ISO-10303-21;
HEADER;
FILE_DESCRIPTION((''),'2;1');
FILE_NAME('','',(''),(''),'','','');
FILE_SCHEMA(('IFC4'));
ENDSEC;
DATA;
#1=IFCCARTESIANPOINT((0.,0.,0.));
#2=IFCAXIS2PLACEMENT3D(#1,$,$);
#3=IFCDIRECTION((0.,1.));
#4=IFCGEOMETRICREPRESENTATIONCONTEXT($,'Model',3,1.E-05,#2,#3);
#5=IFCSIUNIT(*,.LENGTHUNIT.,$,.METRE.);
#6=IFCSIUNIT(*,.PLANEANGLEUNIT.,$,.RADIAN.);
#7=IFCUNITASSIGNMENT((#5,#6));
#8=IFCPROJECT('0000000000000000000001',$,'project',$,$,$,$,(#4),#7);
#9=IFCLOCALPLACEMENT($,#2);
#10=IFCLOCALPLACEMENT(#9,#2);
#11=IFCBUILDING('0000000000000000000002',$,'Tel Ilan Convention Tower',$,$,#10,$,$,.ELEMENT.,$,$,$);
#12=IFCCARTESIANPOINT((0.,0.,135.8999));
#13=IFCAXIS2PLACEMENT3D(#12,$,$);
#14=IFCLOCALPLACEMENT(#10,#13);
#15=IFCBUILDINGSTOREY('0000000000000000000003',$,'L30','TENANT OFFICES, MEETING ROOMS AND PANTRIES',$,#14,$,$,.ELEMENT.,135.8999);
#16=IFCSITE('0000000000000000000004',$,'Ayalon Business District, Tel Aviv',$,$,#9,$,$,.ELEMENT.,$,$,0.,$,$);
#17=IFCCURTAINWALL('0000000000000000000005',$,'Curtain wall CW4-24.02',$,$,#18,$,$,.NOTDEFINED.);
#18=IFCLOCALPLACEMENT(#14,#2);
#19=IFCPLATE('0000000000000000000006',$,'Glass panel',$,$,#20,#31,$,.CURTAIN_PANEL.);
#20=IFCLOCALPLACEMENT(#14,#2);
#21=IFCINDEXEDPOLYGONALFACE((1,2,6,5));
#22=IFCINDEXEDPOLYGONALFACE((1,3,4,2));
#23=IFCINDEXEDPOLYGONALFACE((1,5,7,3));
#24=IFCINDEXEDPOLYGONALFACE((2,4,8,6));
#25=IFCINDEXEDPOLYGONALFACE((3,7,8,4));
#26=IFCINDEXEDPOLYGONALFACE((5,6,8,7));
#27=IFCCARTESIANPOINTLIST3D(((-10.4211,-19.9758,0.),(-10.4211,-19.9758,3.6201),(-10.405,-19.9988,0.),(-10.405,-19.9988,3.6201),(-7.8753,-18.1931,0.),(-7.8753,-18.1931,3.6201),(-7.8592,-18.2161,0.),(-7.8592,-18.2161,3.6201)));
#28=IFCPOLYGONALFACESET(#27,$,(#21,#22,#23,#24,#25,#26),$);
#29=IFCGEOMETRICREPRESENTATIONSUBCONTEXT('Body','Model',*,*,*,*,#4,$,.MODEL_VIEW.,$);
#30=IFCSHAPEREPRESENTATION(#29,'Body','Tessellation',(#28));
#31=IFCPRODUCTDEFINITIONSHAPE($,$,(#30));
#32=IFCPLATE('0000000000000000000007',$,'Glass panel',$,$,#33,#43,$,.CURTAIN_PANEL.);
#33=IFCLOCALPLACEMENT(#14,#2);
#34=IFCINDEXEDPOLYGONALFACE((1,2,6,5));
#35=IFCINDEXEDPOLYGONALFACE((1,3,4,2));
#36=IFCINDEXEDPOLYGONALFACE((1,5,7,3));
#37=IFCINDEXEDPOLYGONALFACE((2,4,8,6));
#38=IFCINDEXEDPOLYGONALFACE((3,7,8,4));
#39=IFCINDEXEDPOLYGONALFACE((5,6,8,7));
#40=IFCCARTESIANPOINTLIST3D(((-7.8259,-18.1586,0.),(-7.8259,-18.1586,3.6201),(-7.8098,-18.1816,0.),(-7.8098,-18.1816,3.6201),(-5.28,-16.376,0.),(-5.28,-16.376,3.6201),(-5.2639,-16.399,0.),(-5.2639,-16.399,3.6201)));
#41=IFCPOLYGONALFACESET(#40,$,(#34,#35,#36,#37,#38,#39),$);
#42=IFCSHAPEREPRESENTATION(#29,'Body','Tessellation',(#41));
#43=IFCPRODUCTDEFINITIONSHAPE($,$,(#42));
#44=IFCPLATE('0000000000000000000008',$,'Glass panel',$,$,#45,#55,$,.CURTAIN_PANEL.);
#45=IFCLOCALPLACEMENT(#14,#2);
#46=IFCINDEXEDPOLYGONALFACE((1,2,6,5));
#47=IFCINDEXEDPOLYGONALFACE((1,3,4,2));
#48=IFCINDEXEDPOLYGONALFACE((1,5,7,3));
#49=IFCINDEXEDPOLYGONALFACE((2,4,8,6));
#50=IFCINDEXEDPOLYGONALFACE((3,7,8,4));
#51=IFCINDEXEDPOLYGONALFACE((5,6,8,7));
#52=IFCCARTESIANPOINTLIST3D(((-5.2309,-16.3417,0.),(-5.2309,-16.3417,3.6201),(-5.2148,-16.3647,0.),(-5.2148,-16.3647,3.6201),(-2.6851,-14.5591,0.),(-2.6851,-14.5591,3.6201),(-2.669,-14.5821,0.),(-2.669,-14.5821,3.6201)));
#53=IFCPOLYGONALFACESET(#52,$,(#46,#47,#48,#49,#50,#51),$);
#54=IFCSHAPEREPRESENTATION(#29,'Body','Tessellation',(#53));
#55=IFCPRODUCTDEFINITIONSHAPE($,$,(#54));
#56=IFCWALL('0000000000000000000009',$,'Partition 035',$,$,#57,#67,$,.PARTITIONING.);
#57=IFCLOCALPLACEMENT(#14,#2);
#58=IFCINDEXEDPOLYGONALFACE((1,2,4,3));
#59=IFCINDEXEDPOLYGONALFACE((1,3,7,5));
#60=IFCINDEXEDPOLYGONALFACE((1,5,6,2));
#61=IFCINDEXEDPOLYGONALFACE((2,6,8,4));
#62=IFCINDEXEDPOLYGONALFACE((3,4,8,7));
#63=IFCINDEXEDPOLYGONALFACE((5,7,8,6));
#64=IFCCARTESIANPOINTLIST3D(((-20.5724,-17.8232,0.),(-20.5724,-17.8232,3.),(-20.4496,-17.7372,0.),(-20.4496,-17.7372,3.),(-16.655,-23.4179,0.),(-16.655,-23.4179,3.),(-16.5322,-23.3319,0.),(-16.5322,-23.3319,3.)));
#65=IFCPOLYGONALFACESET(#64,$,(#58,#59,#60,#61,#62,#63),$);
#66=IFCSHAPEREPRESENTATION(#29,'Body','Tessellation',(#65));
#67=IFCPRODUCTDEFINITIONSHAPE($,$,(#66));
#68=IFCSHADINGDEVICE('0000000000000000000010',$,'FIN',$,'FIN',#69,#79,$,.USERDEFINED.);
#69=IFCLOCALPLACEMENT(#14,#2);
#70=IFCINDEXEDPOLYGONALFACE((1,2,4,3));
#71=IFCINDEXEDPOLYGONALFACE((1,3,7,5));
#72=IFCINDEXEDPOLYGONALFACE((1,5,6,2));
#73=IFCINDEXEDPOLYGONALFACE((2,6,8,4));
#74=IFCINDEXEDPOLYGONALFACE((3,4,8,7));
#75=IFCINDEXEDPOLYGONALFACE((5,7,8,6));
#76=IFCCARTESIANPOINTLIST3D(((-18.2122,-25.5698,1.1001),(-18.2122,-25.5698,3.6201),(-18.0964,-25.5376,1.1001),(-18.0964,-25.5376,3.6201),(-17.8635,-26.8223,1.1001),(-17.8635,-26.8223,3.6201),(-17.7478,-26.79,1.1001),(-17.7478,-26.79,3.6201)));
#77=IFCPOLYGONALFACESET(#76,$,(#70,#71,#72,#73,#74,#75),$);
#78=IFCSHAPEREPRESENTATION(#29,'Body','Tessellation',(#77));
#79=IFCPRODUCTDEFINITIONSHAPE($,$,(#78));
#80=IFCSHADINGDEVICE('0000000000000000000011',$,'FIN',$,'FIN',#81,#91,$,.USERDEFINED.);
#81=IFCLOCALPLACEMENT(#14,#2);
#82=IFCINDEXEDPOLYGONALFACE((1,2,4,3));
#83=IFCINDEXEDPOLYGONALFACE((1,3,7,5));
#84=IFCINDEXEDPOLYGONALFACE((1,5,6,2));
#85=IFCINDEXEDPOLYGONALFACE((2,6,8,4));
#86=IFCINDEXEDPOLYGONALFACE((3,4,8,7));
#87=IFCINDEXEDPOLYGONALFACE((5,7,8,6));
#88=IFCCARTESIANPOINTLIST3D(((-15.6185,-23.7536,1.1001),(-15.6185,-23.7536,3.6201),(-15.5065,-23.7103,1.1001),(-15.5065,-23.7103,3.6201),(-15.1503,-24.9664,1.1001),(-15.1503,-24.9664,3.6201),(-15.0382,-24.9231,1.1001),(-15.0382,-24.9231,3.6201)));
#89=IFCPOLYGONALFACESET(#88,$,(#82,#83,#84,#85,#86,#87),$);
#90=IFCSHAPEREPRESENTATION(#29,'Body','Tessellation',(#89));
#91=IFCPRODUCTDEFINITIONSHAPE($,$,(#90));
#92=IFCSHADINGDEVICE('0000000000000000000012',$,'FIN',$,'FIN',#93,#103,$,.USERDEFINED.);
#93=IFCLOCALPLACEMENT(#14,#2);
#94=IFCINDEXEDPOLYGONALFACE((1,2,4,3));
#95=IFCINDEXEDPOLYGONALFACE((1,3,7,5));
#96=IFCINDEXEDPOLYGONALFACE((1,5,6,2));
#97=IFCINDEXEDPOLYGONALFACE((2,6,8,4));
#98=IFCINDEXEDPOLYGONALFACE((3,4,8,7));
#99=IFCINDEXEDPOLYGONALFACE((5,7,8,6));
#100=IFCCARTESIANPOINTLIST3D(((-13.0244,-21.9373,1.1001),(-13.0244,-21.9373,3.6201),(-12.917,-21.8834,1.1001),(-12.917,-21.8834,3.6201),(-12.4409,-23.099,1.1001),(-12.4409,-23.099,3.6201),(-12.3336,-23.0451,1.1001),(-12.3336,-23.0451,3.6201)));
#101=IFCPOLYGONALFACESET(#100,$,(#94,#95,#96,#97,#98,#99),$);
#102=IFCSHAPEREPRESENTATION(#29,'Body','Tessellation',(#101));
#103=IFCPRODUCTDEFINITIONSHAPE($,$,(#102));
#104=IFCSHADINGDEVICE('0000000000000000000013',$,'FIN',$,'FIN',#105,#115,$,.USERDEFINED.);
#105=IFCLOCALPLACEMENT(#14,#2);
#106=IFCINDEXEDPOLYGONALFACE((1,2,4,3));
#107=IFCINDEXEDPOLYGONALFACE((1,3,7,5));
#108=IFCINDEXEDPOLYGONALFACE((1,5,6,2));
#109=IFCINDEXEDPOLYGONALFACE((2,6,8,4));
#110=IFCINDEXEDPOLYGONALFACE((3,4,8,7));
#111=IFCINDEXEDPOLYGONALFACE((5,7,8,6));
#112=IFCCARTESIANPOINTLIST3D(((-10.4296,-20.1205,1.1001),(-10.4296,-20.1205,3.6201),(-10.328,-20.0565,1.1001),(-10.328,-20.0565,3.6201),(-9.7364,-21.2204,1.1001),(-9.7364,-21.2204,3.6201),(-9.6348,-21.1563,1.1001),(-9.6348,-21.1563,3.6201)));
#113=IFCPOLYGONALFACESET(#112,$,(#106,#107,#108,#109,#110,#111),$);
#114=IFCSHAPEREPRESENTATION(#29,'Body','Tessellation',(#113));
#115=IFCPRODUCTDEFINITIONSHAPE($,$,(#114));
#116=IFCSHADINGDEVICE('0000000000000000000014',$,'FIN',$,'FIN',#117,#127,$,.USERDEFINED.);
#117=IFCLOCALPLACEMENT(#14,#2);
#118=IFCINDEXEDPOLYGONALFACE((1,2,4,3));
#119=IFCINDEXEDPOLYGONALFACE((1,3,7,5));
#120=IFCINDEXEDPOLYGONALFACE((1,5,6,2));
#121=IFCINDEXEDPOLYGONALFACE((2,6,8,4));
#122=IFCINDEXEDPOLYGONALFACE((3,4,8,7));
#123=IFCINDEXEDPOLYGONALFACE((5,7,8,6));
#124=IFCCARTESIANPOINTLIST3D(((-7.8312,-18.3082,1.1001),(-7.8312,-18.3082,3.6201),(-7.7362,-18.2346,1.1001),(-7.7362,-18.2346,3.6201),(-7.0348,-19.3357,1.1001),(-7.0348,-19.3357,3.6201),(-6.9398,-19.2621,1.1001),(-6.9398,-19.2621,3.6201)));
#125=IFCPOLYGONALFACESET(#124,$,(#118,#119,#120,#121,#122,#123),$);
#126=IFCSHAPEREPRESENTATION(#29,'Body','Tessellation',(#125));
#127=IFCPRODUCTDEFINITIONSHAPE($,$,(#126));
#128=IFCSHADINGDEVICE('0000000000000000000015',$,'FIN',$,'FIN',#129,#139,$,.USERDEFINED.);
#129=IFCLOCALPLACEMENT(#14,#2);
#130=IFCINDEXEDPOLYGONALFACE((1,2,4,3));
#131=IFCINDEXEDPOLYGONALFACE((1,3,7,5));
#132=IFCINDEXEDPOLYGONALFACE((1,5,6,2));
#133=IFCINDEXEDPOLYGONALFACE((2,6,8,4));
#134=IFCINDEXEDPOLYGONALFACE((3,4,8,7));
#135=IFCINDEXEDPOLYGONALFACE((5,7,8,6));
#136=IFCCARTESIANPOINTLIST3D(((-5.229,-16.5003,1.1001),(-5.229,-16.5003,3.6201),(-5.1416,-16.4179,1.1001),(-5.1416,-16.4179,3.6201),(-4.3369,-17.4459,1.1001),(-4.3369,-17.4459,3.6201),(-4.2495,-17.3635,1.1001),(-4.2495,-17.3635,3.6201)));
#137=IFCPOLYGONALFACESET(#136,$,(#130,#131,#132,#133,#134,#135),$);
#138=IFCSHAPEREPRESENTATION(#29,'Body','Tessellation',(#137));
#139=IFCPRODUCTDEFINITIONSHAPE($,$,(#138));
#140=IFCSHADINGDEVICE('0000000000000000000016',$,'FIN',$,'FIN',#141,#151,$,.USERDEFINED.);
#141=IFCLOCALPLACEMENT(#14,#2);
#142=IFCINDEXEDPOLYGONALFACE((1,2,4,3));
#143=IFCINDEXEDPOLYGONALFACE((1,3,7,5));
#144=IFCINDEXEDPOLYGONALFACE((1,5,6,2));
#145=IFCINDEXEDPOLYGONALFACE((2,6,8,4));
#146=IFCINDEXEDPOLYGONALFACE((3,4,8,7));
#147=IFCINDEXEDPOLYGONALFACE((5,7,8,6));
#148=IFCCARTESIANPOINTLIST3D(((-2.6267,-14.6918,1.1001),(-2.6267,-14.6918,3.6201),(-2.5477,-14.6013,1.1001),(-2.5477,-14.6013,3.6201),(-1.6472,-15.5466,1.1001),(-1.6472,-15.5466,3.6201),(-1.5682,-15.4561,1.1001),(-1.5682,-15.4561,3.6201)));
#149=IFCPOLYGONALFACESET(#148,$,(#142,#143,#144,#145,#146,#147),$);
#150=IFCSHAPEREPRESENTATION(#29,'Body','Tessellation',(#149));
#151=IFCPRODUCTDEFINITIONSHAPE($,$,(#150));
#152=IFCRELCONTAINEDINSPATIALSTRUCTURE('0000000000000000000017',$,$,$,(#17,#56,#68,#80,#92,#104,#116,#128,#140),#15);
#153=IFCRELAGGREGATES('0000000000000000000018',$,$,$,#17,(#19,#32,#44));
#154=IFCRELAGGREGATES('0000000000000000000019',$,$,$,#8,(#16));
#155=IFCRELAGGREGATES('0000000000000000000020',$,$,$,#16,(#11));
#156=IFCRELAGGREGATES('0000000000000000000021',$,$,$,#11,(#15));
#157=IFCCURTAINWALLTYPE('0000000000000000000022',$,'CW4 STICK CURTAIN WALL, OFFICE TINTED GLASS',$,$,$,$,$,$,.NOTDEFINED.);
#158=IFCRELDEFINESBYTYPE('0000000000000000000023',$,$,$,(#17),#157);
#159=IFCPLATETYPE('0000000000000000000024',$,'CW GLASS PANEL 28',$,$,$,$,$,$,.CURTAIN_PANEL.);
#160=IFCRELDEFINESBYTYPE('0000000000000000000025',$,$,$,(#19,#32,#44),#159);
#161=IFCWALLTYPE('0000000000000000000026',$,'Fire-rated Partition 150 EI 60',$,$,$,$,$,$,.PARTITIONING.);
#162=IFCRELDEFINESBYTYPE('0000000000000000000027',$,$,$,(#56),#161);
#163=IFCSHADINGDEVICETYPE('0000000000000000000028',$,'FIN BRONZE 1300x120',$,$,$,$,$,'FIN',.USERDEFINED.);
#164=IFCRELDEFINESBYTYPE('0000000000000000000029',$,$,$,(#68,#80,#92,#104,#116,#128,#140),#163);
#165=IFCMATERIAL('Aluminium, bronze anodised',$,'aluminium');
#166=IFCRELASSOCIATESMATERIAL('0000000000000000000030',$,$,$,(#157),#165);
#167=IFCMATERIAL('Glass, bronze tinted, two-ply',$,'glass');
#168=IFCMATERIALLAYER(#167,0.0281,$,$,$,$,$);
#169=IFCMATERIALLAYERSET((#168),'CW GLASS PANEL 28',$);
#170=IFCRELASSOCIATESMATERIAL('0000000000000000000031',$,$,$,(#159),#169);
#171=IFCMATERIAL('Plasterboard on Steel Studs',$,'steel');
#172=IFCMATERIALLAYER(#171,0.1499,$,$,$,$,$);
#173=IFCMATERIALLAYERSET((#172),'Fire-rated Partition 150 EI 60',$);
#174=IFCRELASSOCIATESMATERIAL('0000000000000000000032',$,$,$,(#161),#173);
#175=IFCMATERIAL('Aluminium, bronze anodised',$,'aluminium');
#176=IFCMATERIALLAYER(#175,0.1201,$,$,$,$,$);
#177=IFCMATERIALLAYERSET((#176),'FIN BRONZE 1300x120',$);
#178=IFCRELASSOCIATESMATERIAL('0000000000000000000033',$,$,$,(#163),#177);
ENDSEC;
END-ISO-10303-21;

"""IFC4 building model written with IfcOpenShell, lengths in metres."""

from ifc_helpers import new_model, si_unit, direction, frame, frame_2d, origin, origin_2d, place, context, subcontext, project, spatial, rectangle, extrude, material, layer, layer_set, type_object, element, aggregate, save


model = new_model("IFC4")

# Units and contexts
model_context = context("Model", 3, precision=1e-05, world=origin(), true_north=direction((0.0, 1.0)))
body_context = subcontext(model_context, "Body", "Model", "MODEL_VIEW")
ifc_project = project(units=[si_unit("LENGTHUNIT", "METRE"), si_unit("PLANEANGLEUNIT", "RADIAN")], contexts=[model_context])

# Site, building, storey
site_placement = place(None, origin())
site = spatial("IfcSite", under=ifc_project, at=site_placement, Name="Ayalon Business District, Tel Aviv", CompositionType="ELEMENT", RefElevation=0.0)
building_placement = place(site_placement, origin())
building = spatial("IfcBuilding", under=site, at=building_placement, Name="Tel Ilan Convention Tower", CompositionType="ELEMENT")
storey_placement = place(building_placement, frame((0.0, 0.0, 135.8999)))
storey = spatial("IfcBuildingStorey", under=building, at=storey_placement, Name="L30", Description="TENANT OFFICES, MEETING ROOMS AND PANTRIES", CompositionType="ELEMENT", Elevation=135.8999)

# Curtain wall, plates
ifc_material_1 = material(Name="Aluminium, bronze anodised", Category="aluminium")
curtain_wall_type = type_object("IfcCurtainWallType", Name="CW4 STICK CURTAIN WALL, OFFICE TINTED GLASS", PredefinedType="NOTDEFINED", material=ifc_material_1)
curtain_wall_placement = place(storey_placement, origin())
curtain_wall = element("IfcCurtainWall", 1, at=curtain_wall_placement, inside=storey, type_object=curtain_wall_type, Name="Curtain wall CW4-24.02", PredefinedType="NOTDEFINED")
ifc_material_2 = material(Name="Glass, bronze tinted, two-ply", Category="glass")
ifc_layer_1 = layer(ifc_material_2, 0.0281)
ifc_layer_set_1 = layer_set([ifc_layer_1], Name="CW GLASS PANEL 28")
plate_type = type_object("IfcPlateType", Name="CW GLASS PANEL 28", PredefinedType="CURTAIN_PANEL", material=ifc_layer_set_1)
plate_1_placement = place(storey_placement, frame((-9.1401, -19.0959, 0.0), z_axis=(0.0, 0.0, 1.0), x_axis=(0.819152, 0.573576, 0.0)))
plate_1 = element("IfcPlate", 2, at=plate_1_placement, type_object=plate_type, Name="Glass panel", PredefinedType="CURTAIN_PANEL", context=body_context, shape_type="SweptSolid", body=[
    extrude(rectangle(XDim=3.1079, YDim=0.0281, at=origin_2d()), origin(), (0.0, 0.0, 1.0), 3.6201),
])
plate_2_placement = place(storey_placement, frame((-6.5449, -17.2788, 0.0), z_axis=(0.0, 0.0, 1.0), x_axis=(0.819152, 0.573576, 0.0)))
plate_2 = element("IfcPlate", 3, at=plate_2_placement, type_object=plate_type, Name="Glass panel", PredefinedType="CURTAIN_PANEL", context=body_context, shape_type="SweptSolid", body=[
    extrude(rectangle(XDim=3.1079, YDim=0.0281, at=origin_2d()), origin(), (0.0, 0.0, 1.0), 3.6201),
])
plate_3_placement = place(storey_placement, frame((-3.95, -15.4619, 0.0), z_axis=(0.0, 0.0, 1.0), x_axis=(0.819152, 0.573576, 0.0)))
plate_3 = element("IfcPlate", 4, at=plate_3_placement, type_object=plate_type, Name="Glass panel", PredefinedType="CURTAIN_PANEL", context=body_context, shape_type="SweptSolid", body=[
    extrude(rectangle(XDim=3.1079, YDim=0.0281, at=origin_2d()), origin(), (0.0, 0.0, 1.0), 3.6201),
])
aggregate(curtain_wall, [plate_1, plate_2, plate_3])

# Wall
ifc_material_3 = material(Name="Plasterboard on Steel Studs", Category="steel")
ifc_layer_2 = layer(ifc_material_3, 0.1499)
ifc_layer_set_2 = layer_set([ifc_layer_2], Name="Fire-rated Partition 150 EI 60")
wall_type = type_object("IfcWallType", Name="Fire-rated Partition 150 EI 60", PredefinedType="PARTITIONING", material=ifc_layer_set_2)
wall_placement = place(storey_placement, frame((-16.5935, -23.375, 0.0), z_axis=(0.0, 0.0, 1.0), x_axis=(-0.573577, 0.819151, 0.0)))
element("IfcWall", 5, at=wall_placement, inside=storey, type_object=wall_type, Name="Partition 035", PredefinedType="PARTITIONING", context=body_context, shape_type="SweptSolid", body=[
    extrude(rectangle(XDim=6.8298, YDim=0.1499, at=frame_2d((3.415, 0.0))), origin(), (0.0, 0.0, 1.0), 3.0),
])

# Shading devices
ifc_material_4 = material(Name="Aluminium, bronze anodised", Category="aluminium")
ifc_layer_3 = layer(ifc_material_4, 0.1201)
ifc_layer_set_3 = layer_set([ifc_layer_3], Name="FIN BRONZE 1300x120")
shading_device_type = type_object("IfcShadingDeviceType", Name="FIN BRONZE 1300x120", ElementType="FIN", PredefinedType="USERDEFINED", material=ifc_layer_set_3)
for number, where, z_axis, x_axis, name in (
    (6, (-17.98, -26.1799, 1.1001), (0.0, 0.0, 1.0), (0.268173, -0.963371, 0.0), "FIN"),
    (7, (-15.3284, -24.3384, 1.1001), (0.0, 0.0, 1.0), (0.360178, -0.932884, 0.0), "FIN"),
    (8, (-12.679, -22.4912, 1.1001), (0.0, 0.0, 1.0), (0.448799, -0.893633, 0.0), "FIN"),
    (9, (-10.0322, -20.6384, 1.1001), (0.0, 0.0, 1.0), (0.533204, -0.845986, 0.0), "FIN"),
    (10, (-7.3855, -18.7852, 1.1001), (0.0, 0.0, 1.0), (0.612601, -0.790393, 0.0), "FIN"),
    (11, (-4.7393, -16.9319, 1.1001), (0.0, 0.0, 1.0), (0.686242, -0.727374, 0.0), "FIN"),
    (12, (-2.0974, -15.074, 1.1001), (0.0, 0.0, 1.0), (0.753436, -0.657521, 0.0), "FIN"),
):
    element("IfcShadingDevice", number, at=place(storey_placement, frame(where, z_axis=z_axis, x_axis=x_axis)), inside=storey, type_object=shading_device_type, Name=name, ObjectType="FIN", PredefinedType="USERDEFINED", context=body_context, shape_type="SweptSolid", body=[
        extrude(rectangle(XDim=1.3, YDim=0.1201, at=origin_2d()), origin(), (0.0, 0.0, 1.0), 2.52),
    ])

save(model, "model.ifc")
